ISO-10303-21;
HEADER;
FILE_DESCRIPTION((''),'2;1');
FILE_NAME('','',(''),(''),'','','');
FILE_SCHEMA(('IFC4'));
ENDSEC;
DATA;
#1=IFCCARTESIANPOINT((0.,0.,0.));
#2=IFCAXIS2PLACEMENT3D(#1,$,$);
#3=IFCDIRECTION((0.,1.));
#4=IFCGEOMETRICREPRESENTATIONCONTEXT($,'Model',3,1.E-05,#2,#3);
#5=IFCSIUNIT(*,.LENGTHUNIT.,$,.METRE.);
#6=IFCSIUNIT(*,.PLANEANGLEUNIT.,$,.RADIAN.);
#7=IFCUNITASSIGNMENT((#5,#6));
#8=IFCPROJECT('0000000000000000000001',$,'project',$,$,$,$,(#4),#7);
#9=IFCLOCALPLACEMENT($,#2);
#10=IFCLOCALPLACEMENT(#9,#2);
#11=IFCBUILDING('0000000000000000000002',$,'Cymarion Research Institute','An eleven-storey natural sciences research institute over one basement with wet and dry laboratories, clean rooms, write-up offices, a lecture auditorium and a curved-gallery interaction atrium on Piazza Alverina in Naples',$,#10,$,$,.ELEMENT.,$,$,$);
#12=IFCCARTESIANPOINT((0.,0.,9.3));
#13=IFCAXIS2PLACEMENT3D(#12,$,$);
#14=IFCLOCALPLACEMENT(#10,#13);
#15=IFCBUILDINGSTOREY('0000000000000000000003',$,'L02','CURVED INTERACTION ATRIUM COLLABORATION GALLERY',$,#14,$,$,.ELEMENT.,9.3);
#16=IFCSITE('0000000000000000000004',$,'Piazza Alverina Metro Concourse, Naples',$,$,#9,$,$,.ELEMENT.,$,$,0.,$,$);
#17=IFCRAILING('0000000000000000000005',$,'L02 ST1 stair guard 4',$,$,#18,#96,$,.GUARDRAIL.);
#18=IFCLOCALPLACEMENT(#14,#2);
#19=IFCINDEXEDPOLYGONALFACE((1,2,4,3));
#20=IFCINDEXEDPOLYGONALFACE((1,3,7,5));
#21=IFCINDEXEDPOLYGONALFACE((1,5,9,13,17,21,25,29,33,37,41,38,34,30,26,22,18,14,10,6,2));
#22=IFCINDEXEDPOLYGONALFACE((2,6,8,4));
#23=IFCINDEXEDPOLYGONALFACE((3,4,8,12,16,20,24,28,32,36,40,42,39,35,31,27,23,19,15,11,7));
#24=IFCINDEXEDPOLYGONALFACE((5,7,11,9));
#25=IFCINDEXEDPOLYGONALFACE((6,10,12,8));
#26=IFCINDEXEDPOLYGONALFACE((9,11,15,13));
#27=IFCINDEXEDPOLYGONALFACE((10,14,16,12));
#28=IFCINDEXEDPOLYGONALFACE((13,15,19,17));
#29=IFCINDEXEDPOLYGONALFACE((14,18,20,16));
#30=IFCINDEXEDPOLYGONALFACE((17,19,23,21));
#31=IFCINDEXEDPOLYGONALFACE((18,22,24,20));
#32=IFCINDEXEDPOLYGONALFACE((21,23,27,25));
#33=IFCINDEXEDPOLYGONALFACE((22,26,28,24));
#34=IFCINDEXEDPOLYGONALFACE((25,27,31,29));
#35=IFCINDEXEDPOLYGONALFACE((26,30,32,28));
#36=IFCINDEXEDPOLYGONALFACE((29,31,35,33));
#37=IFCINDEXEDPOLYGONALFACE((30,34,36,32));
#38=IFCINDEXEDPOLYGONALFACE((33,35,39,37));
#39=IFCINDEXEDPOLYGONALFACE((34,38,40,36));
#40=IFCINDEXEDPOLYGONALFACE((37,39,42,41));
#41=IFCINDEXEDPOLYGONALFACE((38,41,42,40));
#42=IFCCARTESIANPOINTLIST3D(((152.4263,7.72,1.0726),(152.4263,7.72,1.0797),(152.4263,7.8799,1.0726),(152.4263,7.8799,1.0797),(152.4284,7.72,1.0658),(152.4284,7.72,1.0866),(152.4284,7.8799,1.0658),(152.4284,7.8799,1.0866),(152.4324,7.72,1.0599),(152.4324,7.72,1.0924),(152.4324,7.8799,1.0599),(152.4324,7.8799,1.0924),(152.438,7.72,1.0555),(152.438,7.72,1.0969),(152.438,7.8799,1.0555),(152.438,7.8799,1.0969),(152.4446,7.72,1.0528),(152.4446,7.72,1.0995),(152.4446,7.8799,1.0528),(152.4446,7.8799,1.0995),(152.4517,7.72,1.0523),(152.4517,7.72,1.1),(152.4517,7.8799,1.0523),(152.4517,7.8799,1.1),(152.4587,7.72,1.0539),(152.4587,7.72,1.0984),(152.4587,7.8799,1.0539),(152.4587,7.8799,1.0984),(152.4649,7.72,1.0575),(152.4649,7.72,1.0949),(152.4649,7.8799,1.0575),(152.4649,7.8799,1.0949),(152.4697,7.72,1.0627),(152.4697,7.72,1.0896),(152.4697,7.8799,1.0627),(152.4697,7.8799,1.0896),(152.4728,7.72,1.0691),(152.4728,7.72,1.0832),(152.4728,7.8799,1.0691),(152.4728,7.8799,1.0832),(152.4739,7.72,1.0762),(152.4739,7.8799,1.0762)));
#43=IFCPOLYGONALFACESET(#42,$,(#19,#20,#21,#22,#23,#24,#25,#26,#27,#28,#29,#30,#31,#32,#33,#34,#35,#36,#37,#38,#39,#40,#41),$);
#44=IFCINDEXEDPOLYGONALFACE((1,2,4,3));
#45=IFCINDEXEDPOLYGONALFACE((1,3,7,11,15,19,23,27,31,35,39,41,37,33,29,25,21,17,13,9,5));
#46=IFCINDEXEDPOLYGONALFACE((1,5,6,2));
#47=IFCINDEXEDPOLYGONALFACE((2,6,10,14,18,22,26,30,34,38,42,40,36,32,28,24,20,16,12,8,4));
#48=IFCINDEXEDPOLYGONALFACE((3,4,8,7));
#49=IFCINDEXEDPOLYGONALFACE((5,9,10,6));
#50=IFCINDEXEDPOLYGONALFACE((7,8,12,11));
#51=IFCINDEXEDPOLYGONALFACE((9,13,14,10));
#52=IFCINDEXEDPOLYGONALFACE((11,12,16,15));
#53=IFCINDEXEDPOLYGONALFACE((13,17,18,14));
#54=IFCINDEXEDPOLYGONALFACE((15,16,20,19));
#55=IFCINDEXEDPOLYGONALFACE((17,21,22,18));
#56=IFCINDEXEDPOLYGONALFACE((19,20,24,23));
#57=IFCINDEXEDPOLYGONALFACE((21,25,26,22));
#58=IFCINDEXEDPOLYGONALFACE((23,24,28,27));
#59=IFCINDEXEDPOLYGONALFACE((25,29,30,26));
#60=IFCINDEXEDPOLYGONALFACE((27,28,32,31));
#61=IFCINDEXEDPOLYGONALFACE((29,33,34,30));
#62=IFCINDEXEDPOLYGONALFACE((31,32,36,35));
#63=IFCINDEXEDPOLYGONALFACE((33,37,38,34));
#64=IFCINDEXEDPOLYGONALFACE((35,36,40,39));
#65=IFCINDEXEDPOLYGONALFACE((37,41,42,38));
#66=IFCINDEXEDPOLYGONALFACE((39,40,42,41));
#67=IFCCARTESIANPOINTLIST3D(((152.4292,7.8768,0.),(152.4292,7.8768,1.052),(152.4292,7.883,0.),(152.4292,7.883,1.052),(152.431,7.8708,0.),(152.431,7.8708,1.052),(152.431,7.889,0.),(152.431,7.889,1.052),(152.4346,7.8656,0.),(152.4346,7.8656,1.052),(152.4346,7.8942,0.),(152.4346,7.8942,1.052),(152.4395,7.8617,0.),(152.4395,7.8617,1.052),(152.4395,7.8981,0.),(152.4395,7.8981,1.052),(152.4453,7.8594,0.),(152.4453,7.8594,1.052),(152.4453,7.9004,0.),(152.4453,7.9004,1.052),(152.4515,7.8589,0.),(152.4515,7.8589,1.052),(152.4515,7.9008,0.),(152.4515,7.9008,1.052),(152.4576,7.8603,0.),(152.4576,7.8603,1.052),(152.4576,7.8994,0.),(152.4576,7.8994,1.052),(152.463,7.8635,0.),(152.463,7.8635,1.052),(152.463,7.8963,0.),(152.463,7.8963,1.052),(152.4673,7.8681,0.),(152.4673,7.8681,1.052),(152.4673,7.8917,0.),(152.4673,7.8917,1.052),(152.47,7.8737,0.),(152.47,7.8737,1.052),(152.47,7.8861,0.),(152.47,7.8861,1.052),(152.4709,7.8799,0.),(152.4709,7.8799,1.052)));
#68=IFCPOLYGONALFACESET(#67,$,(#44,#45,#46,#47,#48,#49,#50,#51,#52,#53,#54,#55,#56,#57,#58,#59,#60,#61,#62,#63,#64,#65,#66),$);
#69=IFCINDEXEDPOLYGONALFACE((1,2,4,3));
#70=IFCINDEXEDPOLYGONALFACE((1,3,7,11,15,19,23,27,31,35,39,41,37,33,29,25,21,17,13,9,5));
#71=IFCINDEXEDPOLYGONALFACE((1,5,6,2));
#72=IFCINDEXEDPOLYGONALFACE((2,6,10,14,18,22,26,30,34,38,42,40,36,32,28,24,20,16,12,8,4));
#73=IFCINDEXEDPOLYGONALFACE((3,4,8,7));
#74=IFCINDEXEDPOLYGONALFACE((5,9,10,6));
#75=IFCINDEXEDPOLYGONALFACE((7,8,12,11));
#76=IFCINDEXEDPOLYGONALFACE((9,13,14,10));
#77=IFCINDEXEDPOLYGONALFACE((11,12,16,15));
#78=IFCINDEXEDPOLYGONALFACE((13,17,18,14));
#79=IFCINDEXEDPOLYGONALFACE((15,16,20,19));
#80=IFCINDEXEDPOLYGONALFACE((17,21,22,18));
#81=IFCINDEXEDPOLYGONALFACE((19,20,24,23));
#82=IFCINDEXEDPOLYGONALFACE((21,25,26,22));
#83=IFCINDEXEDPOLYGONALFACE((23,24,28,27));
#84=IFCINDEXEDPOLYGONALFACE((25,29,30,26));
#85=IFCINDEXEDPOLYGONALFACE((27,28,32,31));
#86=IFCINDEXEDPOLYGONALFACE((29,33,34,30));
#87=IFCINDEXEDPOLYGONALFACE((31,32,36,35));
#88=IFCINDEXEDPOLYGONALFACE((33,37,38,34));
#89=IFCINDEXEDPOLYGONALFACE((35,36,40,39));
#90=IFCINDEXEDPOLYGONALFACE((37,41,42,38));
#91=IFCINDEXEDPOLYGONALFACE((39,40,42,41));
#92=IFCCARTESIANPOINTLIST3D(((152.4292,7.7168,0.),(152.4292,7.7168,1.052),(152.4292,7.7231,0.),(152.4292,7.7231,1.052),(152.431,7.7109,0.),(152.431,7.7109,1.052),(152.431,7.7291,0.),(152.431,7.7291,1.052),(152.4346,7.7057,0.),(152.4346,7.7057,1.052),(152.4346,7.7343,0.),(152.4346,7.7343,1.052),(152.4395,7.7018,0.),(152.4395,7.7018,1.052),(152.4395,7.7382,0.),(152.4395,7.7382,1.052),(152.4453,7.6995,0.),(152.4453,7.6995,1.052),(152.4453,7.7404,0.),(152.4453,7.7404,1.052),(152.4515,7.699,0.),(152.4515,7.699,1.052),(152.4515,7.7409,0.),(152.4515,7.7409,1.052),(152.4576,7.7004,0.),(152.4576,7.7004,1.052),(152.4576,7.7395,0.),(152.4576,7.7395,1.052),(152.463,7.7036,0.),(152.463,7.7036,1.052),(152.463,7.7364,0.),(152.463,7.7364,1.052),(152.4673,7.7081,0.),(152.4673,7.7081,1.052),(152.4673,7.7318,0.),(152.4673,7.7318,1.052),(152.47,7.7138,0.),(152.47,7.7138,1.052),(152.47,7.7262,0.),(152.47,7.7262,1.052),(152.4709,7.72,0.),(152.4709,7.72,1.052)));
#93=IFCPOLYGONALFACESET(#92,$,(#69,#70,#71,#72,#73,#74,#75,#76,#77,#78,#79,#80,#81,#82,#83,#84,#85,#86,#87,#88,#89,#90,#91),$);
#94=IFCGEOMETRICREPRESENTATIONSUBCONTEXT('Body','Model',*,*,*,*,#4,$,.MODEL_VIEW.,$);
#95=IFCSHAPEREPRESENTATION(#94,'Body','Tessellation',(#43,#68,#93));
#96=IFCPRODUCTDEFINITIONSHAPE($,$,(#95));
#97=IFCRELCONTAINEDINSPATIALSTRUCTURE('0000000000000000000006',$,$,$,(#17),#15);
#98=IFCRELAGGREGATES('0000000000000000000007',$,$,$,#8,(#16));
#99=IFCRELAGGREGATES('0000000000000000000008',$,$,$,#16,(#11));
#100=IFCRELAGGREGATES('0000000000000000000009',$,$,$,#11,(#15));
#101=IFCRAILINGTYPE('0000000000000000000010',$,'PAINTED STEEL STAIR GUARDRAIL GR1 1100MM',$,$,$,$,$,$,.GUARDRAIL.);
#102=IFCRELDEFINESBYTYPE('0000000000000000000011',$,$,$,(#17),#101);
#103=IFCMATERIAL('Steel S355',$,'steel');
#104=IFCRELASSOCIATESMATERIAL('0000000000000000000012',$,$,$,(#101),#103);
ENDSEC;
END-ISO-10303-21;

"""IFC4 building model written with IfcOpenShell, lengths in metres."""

from ifc_helpers import new_model, si_unit, direction, frame, origin, origin_2d, place, context, subcontext, project, spatial, circle, extrude, material, type_object, element, save


model = new_model("IFC4")

# Units and contexts
model_context = context("Model", 3, precision=1e-05, world=origin(), true_north=direction((0.0, 1.0)))
body_context = subcontext(model_context, "Body", "Model", "MODEL_VIEW")
ifc_project = project(units=[si_unit("LENGTHUNIT", "METRE"), si_unit("PLANEANGLEUNIT", "RADIAN")], contexts=[model_context])

# Site, building, storey
site_placement = place(None, origin())
site = spatial("IfcSite", under=ifc_project, at=site_placement, Name="Piazza Alverina Metro Concourse, Naples", CompositionType="ELEMENT", RefElevation=0.0)
building_placement = place(site_placement, origin())
building = spatial("IfcBuilding", under=site, at=building_placement, Name="Cymarion Research Institute", Description="An eleven-storey natural sciences research institute over one basement with wet and dry laboratories, clean rooms, write-up offices, a lecture auditorium and a curved-gallery interaction atrium on Piazza Alverina in Naples", CompositionType="ELEMENT")
storey_placement = place(building_placement, frame((0.0, 0.0, 9.3)))
storey = spatial("IfcBuildingStorey", under=building, at=storey_placement, Name="L02", Description="CURVED INTERACTION ATRIUM COLLABORATION GALLERY", CompositionType="ELEMENT", Elevation=9.3)

# Shared definitions
ifc_material_1 = material(Name="Steel S355", Category="steel")

# Railing
railing_type = type_object("IfcRailingType", Name="PAINTED STEEL STAIR GUARDRAIL GR1 1100MM", PredefinedType="GUARDRAIL", material=ifc_material_1)
railing_placement = place(storey_placement, frame((152.45, 7.8799, 0.0)))
element("IfcRailing", 1, at=railing_placement, inside=storey, type_object=railing_type, Name="L02 ST1 stair guard 4", PredefinedType="GUARDRAIL", context=body_context, shape_type="SweptSolid", body=[
    extrude(circle(Radius=0.0239, at=origin_2d()), frame((0.0, 0.0, 1.0762), z_axis=(0.0, -1.0, 0.0), x_axis=(1.0, 0.0, 0.0)), (0.0, 0.0, 1.0), 0.1599),
    extrude(circle(Radius=0.021, at=origin_2d()), origin(), (0.0, 0.0, 1.0), 1.052),
    extrude(circle(Radius=0.021, at=origin_2d()), frame((0.0, -0.1599, 0.0)), (0.0, 0.0, 1.0), 1.052),
])

save(model, "model.ifc")
